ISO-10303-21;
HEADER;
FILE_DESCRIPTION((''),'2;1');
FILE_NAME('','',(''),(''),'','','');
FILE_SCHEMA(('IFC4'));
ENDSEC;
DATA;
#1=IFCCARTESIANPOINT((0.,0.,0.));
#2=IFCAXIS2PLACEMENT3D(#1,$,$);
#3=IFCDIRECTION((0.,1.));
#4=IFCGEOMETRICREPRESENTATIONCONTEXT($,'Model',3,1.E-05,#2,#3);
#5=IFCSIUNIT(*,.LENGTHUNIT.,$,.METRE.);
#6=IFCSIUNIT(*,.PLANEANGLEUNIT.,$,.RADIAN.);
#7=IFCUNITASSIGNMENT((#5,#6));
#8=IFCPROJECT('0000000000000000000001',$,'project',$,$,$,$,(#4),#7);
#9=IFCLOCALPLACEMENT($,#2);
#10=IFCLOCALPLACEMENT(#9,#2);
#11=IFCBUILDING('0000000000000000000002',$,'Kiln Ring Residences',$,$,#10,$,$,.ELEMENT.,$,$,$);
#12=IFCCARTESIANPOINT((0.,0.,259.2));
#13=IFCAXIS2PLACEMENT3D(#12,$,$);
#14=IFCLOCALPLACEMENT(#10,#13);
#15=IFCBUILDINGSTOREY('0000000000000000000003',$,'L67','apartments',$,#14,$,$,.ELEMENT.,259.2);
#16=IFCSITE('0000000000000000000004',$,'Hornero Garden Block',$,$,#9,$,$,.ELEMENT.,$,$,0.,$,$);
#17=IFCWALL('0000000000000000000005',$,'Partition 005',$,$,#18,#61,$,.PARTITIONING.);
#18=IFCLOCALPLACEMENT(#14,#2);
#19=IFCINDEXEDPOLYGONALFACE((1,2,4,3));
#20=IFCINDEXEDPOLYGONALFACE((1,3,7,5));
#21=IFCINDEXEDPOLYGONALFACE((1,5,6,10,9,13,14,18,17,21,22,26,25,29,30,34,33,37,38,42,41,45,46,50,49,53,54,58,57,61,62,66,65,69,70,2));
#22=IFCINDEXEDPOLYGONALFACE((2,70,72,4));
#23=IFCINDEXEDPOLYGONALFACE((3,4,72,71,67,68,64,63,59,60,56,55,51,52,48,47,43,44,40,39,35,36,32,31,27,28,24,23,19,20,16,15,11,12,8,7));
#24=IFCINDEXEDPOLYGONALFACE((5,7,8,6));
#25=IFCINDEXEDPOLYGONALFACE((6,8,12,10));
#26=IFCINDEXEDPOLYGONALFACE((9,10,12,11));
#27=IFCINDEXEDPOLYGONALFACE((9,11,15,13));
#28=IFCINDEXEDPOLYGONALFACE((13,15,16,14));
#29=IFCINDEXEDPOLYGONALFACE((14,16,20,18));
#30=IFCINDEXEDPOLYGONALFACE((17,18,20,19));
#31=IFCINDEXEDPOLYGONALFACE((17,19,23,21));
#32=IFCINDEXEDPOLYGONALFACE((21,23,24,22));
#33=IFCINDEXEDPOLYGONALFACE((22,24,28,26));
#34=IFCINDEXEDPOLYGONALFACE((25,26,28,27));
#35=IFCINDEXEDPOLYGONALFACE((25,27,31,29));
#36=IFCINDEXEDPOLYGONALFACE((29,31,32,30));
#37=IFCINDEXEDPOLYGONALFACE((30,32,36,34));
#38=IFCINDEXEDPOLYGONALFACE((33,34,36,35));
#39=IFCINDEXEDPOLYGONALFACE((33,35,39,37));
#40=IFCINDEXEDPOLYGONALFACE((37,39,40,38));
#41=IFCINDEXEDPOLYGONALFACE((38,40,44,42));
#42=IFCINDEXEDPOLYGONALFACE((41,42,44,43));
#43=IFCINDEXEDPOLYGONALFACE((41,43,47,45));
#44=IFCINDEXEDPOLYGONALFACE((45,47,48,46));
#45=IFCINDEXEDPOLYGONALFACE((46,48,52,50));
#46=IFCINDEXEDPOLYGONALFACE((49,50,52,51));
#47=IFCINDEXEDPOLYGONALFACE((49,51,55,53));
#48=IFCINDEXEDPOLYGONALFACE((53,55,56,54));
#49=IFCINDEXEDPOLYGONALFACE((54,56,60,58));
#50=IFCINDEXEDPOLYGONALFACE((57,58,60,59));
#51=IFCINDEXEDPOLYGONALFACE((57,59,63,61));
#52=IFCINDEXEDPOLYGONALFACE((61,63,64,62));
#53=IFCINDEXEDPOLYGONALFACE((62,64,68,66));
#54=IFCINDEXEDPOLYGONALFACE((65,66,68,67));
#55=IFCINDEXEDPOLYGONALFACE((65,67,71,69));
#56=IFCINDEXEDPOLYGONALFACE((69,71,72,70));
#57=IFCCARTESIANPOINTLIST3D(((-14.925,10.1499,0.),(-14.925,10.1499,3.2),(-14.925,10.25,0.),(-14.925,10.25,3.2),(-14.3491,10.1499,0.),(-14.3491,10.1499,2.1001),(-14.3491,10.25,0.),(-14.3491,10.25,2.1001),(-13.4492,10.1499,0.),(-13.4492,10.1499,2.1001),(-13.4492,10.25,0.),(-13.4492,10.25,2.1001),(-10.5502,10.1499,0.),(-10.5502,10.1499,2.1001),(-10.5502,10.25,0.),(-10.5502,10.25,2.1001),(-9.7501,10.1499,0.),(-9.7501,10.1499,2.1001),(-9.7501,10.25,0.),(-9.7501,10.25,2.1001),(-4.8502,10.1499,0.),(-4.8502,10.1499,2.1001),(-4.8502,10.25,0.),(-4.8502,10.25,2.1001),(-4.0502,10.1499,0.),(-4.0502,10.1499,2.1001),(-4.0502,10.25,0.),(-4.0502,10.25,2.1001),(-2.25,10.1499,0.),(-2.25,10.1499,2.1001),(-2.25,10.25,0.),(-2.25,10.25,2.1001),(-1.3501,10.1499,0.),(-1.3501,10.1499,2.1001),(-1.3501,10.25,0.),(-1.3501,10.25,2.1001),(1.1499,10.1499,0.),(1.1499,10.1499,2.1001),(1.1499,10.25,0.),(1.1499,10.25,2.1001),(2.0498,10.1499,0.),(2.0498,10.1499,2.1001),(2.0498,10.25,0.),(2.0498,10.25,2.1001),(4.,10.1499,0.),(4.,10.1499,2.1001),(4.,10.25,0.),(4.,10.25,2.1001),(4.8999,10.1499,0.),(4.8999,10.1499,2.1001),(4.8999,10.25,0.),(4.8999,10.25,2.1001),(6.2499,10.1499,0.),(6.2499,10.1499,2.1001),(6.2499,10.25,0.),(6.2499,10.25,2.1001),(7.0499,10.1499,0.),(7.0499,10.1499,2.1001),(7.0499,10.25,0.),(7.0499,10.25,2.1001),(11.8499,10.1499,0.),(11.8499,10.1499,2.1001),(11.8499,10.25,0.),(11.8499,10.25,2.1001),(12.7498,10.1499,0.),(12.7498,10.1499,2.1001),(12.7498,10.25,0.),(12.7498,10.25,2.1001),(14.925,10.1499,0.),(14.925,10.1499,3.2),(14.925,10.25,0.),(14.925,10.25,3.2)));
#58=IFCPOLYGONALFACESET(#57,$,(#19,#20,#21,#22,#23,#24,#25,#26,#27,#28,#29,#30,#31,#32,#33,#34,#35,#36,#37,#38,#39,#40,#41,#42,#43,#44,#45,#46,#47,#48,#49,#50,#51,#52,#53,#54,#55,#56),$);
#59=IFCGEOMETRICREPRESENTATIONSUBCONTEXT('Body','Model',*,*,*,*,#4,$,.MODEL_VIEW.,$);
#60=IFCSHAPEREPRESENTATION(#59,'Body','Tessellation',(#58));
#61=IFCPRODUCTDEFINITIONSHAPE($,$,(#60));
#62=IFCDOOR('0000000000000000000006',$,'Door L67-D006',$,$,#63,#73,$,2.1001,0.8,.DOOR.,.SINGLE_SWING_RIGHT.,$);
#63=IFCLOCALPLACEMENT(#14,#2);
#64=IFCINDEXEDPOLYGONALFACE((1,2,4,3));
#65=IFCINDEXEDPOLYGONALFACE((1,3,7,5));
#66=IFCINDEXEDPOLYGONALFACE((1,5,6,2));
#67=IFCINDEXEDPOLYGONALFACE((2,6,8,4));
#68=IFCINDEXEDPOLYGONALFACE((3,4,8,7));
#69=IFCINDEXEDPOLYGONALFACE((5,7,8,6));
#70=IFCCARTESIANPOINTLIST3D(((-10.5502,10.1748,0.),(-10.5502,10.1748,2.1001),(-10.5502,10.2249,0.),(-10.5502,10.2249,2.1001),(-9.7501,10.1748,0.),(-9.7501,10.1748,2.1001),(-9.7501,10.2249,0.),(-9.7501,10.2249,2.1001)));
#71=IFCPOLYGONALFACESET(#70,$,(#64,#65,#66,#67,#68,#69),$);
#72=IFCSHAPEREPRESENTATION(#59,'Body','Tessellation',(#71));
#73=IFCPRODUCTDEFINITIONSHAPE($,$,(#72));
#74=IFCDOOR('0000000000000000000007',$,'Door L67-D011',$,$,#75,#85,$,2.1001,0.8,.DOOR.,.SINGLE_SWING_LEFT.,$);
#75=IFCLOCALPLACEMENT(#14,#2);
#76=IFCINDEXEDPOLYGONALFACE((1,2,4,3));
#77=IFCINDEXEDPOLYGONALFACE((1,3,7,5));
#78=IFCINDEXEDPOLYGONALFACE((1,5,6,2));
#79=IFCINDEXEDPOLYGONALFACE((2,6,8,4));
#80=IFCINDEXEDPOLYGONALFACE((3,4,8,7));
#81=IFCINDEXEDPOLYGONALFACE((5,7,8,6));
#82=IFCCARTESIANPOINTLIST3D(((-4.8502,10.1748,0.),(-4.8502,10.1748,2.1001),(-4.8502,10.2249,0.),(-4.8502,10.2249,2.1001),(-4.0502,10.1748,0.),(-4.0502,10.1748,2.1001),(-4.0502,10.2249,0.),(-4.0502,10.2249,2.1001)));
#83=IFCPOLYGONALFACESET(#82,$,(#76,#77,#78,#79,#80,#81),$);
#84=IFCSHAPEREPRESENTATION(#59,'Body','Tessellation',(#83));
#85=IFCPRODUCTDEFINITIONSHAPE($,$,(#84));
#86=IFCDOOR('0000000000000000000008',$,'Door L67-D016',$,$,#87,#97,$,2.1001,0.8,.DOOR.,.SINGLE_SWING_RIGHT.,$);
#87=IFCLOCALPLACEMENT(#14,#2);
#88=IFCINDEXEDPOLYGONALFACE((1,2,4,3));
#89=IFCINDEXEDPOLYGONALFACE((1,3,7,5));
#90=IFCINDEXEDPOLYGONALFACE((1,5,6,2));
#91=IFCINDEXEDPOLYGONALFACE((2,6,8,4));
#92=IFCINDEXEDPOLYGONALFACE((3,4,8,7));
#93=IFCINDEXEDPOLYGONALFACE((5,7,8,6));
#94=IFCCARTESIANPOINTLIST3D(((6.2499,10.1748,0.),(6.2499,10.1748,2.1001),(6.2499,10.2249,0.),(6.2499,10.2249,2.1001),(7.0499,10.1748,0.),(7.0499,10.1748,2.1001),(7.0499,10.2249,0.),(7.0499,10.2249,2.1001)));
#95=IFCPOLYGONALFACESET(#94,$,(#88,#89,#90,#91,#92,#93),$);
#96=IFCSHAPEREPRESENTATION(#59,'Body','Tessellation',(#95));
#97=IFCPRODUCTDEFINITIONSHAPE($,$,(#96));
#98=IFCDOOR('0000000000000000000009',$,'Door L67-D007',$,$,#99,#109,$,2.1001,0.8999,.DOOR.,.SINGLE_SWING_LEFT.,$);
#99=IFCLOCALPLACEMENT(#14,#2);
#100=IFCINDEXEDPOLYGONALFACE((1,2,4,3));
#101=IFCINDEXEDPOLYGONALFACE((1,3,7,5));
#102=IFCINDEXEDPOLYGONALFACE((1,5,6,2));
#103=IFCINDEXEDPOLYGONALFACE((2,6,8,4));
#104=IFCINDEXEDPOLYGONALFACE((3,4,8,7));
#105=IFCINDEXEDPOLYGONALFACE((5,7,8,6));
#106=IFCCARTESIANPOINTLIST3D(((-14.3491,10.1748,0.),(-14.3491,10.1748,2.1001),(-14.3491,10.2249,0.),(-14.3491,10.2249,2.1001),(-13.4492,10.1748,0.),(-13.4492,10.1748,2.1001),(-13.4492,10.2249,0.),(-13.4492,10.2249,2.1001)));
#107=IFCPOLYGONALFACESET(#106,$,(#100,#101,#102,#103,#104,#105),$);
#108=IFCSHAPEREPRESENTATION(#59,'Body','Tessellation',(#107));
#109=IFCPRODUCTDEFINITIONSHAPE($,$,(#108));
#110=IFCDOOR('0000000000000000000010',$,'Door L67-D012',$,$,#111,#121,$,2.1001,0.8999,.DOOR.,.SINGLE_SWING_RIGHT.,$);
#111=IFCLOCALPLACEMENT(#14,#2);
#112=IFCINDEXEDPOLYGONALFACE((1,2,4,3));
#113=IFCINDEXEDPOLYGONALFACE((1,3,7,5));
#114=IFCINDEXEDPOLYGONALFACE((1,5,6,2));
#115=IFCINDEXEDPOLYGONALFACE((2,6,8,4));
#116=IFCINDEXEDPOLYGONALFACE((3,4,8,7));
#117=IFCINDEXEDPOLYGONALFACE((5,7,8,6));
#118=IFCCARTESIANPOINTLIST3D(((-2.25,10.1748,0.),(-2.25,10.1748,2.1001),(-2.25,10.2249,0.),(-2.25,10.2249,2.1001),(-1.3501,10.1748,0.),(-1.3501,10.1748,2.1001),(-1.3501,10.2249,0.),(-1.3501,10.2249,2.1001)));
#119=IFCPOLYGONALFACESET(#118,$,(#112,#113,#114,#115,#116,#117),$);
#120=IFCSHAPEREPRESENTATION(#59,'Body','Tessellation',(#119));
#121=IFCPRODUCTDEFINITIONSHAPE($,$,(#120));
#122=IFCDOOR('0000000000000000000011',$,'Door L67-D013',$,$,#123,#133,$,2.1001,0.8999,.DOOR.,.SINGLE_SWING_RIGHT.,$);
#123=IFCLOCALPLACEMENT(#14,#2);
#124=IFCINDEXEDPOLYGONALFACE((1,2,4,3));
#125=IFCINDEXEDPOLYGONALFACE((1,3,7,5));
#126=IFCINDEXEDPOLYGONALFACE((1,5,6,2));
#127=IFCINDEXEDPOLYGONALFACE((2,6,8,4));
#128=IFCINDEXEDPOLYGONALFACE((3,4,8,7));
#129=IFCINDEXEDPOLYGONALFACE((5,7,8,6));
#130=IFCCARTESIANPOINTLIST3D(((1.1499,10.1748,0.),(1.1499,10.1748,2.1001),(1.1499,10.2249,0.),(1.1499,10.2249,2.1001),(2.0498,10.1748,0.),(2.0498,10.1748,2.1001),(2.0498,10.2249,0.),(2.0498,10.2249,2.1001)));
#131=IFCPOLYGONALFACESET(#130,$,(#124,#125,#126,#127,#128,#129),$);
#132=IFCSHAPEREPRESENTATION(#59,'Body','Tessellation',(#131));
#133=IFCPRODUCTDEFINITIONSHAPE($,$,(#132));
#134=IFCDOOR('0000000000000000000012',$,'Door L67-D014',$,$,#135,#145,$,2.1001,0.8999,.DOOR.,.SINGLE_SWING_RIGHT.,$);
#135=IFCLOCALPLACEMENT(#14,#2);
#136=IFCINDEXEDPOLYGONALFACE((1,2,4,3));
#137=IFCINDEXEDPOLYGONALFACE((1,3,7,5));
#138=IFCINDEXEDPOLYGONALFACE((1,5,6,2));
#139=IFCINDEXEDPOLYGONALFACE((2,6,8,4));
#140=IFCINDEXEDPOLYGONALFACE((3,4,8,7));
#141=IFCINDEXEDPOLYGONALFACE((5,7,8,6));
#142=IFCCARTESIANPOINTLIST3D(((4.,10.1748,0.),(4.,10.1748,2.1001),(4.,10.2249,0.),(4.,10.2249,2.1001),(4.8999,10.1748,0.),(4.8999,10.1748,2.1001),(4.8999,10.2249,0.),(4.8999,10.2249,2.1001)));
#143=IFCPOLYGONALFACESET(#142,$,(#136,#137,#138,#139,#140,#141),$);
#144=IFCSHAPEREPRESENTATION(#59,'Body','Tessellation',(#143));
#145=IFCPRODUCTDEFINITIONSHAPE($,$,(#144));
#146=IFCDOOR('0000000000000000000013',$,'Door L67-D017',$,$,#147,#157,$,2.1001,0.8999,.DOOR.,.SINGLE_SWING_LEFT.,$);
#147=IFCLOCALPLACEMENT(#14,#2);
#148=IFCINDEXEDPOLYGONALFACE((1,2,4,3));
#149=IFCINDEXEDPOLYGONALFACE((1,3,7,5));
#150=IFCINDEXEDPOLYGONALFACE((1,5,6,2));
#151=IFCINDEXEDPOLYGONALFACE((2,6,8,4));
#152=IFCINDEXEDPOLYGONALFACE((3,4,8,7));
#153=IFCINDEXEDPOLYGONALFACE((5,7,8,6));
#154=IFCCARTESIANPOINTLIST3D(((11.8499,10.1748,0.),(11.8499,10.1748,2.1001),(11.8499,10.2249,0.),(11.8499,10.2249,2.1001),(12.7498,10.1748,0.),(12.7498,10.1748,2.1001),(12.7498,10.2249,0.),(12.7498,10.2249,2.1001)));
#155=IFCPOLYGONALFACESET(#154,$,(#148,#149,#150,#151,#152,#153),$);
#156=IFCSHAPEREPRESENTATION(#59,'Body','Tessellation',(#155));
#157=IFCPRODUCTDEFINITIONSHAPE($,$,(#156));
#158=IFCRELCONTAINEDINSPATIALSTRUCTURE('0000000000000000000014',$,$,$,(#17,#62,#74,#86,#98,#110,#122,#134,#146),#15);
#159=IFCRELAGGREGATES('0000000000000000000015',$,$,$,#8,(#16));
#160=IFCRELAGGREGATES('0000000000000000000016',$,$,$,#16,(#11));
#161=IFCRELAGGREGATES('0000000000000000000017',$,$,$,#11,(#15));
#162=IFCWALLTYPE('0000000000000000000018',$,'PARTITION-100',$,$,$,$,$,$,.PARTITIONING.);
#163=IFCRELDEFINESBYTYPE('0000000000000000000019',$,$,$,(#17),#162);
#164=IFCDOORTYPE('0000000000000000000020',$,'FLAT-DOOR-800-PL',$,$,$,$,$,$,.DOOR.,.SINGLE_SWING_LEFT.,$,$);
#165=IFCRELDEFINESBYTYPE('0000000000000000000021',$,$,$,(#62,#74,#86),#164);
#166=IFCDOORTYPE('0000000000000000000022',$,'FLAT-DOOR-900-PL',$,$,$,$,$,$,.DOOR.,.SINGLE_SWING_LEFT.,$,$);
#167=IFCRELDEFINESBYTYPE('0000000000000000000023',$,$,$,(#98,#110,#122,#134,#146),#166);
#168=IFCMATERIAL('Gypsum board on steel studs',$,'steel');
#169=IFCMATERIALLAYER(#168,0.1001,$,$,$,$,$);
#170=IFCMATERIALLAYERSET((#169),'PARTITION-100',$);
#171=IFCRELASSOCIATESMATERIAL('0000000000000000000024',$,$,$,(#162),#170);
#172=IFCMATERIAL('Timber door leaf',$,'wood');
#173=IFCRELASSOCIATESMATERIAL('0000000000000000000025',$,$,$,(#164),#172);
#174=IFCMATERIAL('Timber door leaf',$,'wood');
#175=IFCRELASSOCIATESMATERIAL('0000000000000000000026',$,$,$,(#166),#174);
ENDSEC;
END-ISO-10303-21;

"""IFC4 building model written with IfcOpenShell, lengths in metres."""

from ifc_helpers import new_model, si_unit, direction, frame, frame_2d, origin, place, context, subcontext, project, spatial, rectangle, extrude, material, layer, layer_set, type_object, element, fill, save


model = new_model("IFC4")

# Units and contexts
model_context = context("Model", 3, precision=1e-05, world=origin(), true_north=direction((0.0, 1.0)))
body_context = subcontext(model_context, "Body", "Model", "MODEL_VIEW")
ifc_project = project(units=[si_unit("LENGTHUNIT", "METRE"), si_unit("PLANEANGLEUNIT", "RADIAN")], contexts=[model_context])

# Site, building, storey
site_placement = place(None, origin())
site = spatial("IfcSite", under=ifc_project, at=site_placement, Name="Hornero Garden Block", CompositionType="ELEMENT", RefElevation=0.0)
building_placement = place(site_placement, origin())
building = spatial("IfcBuilding", under=site, at=building_placement, Name="Kiln Ring Residences", CompositionType="ELEMENT")
storey_placement = place(building_placement, frame((0.0, 0.0, 259.2)))
storey = spatial("IfcBuildingStorey", under=building, at=storey_placement, Name="L67", Description="apartments", CompositionType="ELEMENT", Elevation=259.2)

# Wall, openings, doors
ifc_material_1 = material(Name="Gypsum board on steel studs", Category="steel")
ifc_layer_1 = layer(ifc_material_1, 0.1001)
ifc_layer_set_1 = layer_set([ifc_layer_1], Name="PARTITION-100")
wall_type_1 = type_object("IfcWallType", Name="PARTITION-100", PredefinedType="PARTITIONING", material=ifc_layer_set_1)
wall_1_placement = place(storey_placement, frame((-14.925, 10.2, 0.0), z_axis=(0.0, 0.0, 1.0), x_axis=(1.0, 0.0, 0.0)))
wall_1 = element("IfcWall", 1, at=wall_1_placement, inside=storey, type_object=wall_type_1, Name="Partition 005", PredefinedType="PARTITIONING", context=body_context, shape_type="SweptSolid", body=[
    extrude(rectangle(XDim=29.8501, YDim=0.1001, at=frame_2d((14.925, 0.0))), origin(), (0.0, 0.0, 1.0), 3.2),
])
opening_1_placement = place(wall_1_placement, frame((4.375, 0.0, 0.0)))
opening_1 = element("IfcOpeningElement", 2, at=opening_1_placement, cuts=wall_1, PredefinedType="OPENING", context=body_context, shape_type="SweptSolid", body=[
    extrude(rectangle(XDim=0.8, YDim=2.1001, at=frame_2d((0.3999, 1.05))), frame((0.0, 0.0601, 0.0), z_axis=(0.0, -1.0, 0.0), x_axis=(1.0, 0.0, 0.0)), (0.0, 0.0, 1.0), 0.1201),
])
opening_2_placement = place(wall_1_placement, frame((0.5759, 0.0, 0.0)))
opening_2 = element("IfcOpeningElement", 3, at=opening_2_placement, cuts=wall_1, PredefinedType="OPENING", context=body_context, shape_type="SweptSolid", body=[
    extrude(rectangle(XDim=0.8999, YDim=2.1001, at=frame_2d((0.45, 1.05))), frame((0.0, 0.0601, 0.0), z_axis=(0.0, -1.0, 0.0), x_axis=(1.0, 0.0, 0.0)), (0.0, 0.0, 1.0), 0.1201),
])
opening_3_placement = place(wall_1_placement, frame((10.075, 0.0, 0.0)))
opening_3 = element("IfcOpeningElement", 4, at=opening_3_placement, cuts=wall_1, PredefinedType="OPENING", context=body_context, shape_type="SweptSolid", body=[
    extrude(rectangle(XDim=0.8, YDim=2.1001, at=frame_2d((0.3999, 1.05))), frame((0.0, 0.0601, 0.0), z_axis=(0.0, -1.0, 0.0), x_axis=(1.0, 0.0, 0.0)), (0.0, 0.0, 1.0), 0.1201),
])
opening_4_placement = place(wall_1_placement, frame((12.675, 0.0, 0.0)))
opening_4 = element("IfcOpeningElement", 5, at=opening_4_placement, cuts=wall_1, PredefinedType="OPENING", context=body_context, shape_type="SweptSolid", body=[
    extrude(rectangle(XDim=0.8999, YDim=2.1001, at=frame_2d((0.45, 1.05))), frame((0.0, 0.0601, 0.0), z_axis=(0.0, -1.0, 0.0), x_axis=(1.0, 0.0, 0.0)), (0.0, 0.0, 1.0), 0.1201),
])
opening_5_placement = place(wall_1_placement, frame((16.075, 0.0, 0.0)))
opening_5 = element("IfcOpeningElement", 6, at=opening_5_placement, cuts=wall_1, PredefinedType="OPENING", context=body_context, shape_type="SweptSolid", body=[
    extrude(rectangle(XDim=0.8999, YDim=2.1001, at=frame_2d((0.45, 1.05))), frame((0.0, 0.0601, 0.0), z_axis=(0.0, -1.0, 0.0), x_axis=(1.0, 0.0, 0.0)), (0.0, 0.0, 1.0), 0.1201),
])
opening_6_placement = place(wall_1_placement, frame((18.925, 0.0, 0.0)))
opening_6 = element("IfcOpeningElement", 7, at=opening_6_placement, cuts=wall_1, PredefinedType="OPENING", context=body_context, shape_type="SweptSolid", body=[
    extrude(rectangle(XDim=0.8999, YDim=2.1001, at=frame_2d((0.45, 1.05))), frame((0.0, 0.0601, 0.0), z_axis=(0.0, -1.0, 0.0), x_axis=(1.0, 0.0, 0.0)), (0.0, 0.0, 1.0), 0.1201),
])
opening_7_placement = place(wall_1_placement, frame((21.175, 0.0, 0.0)))
opening_7 = element("IfcOpeningElement", 8, at=opening_7_placement, cuts=wall_1, PredefinedType="OPENING", context=body_context, shape_type="SweptSolid", body=[
    extrude(rectangle(XDim=0.8, YDim=2.1001, at=frame_2d((0.3999, 1.05))), frame((0.0, 0.0601, 0.0), z_axis=(0.0, -1.0, 0.0), x_axis=(1.0, 0.0, 0.0)), (0.0, 0.0, 1.0), 0.1201),
])
opening_8_placement = place(wall_1_placement, frame((26.7749, 0.0, 0.0)))
opening_8 = element("IfcOpeningElement", 9, at=opening_8_placement, cuts=wall_1, PredefinedType="OPENING", context=body_context, shape_type="SweptSolid", body=[
    extrude(rectangle(XDim=0.8999, YDim=2.1001, at=frame_2d((0.45, 1.05))), frame((0.0, 0.0601, 0.0), z_axis=(0.0, -1.0, 0.0), x_axis=(1.0, 0.0, 0.0)), (0.0, 0.0, 1.0), 0.1201),
])
ifc_material_2 = material(Name="Timber door leaf", Category="wood")
door_type_1 = type_object("IfcDoorType", Name="FLAT-DOOR-800-PL", OperationType="SINGLE_SWING_LEFT", PredefinedType="DOOR", material=ifc_material_2)
door_1_placement = place(opening_1_placement, origin())
door_1 = element("IfcDoor", 10, at=door_1_placement, inside=storey, type_object=door_type_1, Name="Door L67-D006", OperationType="SINGLE_SWING_RIGHT", OverallHeight=2.1001, OverallWidth=0.8, PredefinedType="DOOR", context=body_context, shape_type="SweptSolid", body=[
    extrude(rectangle(XDim=0.8, YDim=2.1001, at=frame_2d((0.3999, 1.05))), frame((0.0, 0.0249, 0.0), z_axis=(0.0, -1.0, 0.0), x_axis=(1.0, 0.0, 0.0)), (0.0, 0.0, 1.0), 0.05),
])
fill(opening_1, door_1)
door_2_placement = place(opening_3_placement, origin())
door_2 = element("IfcDoor", 11, at=door_2_placement, inside=storey, type_object=door_type_1, Name="Door L67-D011", OperationType="SINGLE_SWING_LEFT", OverallHeight=2.1001, OverallWidth=0.8, PredefinedType="DOOR", context=body_context, shape_type="SweptSolid", body=[
    extrude(rectangle(XDim=0.8, YDim=2.1001, at=frame_2d((0.3999, 1.05))), frame((0.0, 0.0249, 0.0), z_axis=(0.0, -1.0, 0.0), x_axis=(1.0, 0.0, 0.0)), (0.0, 0.0, 1.0), 0.05),
])
fill(opening_3, door_2)
door_3_placement = place(opening_7_placement, origin())
door_3 = element("IfcDoor", 12, at=door_3_placement, inside=storey, type_object=door_type_1, Name="Door L67-D016", OperationType="SINGLE_SWING_RIGHT", OverallHeight=2.1001, OverallWidth=0.8, PredefinedType="DOOR", context=body_context, shape_type="SweptSolid", body=[
    extrude(rectangle(XDim=0.8, YDim=2.1001, at=frame_2d((0.3999, 1.05))), frame((0.0, 0.0249, 0.0), z_axis=(0.0, -1.0, 0.0), x_axis=(1.0, 0.0, 0.0)), (0.0, 0.0, 1.0), 0.05),
])
fill(opening_7, door_3)
ifc_material_3 = material(Name="Timber door leaf", Category="wood")
door_type_2 = type_object("IfcDoorType", Name="FLAT-DOOR-900-PL", OperationType="SINGLE_SWING_LEFT", PredefinedType="DOOR", material=ifc_material_3)
door_4_placement = place(opening_2_placement, origin())
door_4 = element("IfcDoor", 13, at=door_4_placement, inside=storey, type_object=door_type_2, Name="Door L67-D007", OperationType="SINGLE_SWING_LEFT", OverallHeight=2.1001, OverallWidth=0.8999, PredefinedType="DOOR", context=body_context, shape_type="SweptSolid", body=[
    extrude(rectangle(XDim=0.8999, YDim=2.1001, at=frame_2d((0.45, 1.05))), frame((0.0, 0.0249, 0.0), z_axis=(0.0, -1.0, 0.0), x_axis=(1.0, 0.0, 0.0)), (0.0, 0.0, 1.0), 0.05),
])
fill(opening_2, door_4)
door_5_placement = place(opening_4_placement, origin())
door_5 = element("IfcDoor", 14, at=door_5_placement, inside=storey, type_object=door_type_2, Name="Door L67-D012", OperationType="SINGLE_SWING_RIGHT", OverallHeight=2.1001, OverallWidth=0.8999, PredefinedType="DOOR", context=body_context, shape_type="SweptSolid", body=[
    extrude(rectangle(XDim=0.8999, YDim=2.1001, at=frame_2d((0.45, 1.05))), frame((0.0, 0.0249, 0.0), z_axis=(0.0, -1.0, 0.0), x_axis=(1.0, 0.0, 0.0)), (0.0, 0.0, 1.0), 0.05),
])
fill(opening_4, door_5)
door_6_placement = place(opening_5_placement, origin())
door_6 = element("IfcDoor", 15, at=door_6_placement, inside=storey, type_object=door_type_2, Name="Door L67-D013", OperationType="SINGLE_SWING_RIGHT", OverallHeight=2.1001, OverallWidth=0.8999, PredefinedType="DOOR", context=body_context, shape_type="SweptSolid", body=[
    extrude(rectangle(XDim=0.8999, YDim=2.1001, at=frame_2d((0.45, 1.05))), frame((0.0, 0.0249, 0.0), z_axis=(0.0, -1.0, 0.0), x_axis=(1.0, 0.0, 0.0)), (0.0, 0.0, 1.0), 0.05),
])
fill(opening_5, door_6)
door_7_placement = place(opening_6_placement, origin())
door_7 = element("IfcDoor", 16, at=door_7_placement, inside=storey, type_object=door_type_2, Name="Door L67-D014", OperationType="SINGLE_SWING_RIGHT", OverallHeight=2.1001, OverallWidth=0.8999, PredefinedType="DOOR", context=body_context, shape_type="SweptSolid", body=[
    extrude(rectangle(XDim=0.8999, YDim=2.1001, at=frame_2d((0.45, 1.05))), frame((0.0, 0.0249, 0.0), z_axis=(0.0, -1.0, 0.0), x_axis=(1.0, 0.0, 0.0)), (0.0, 0.0, 1.0), 0.05),
])
fill(opening_6, door_7)
door_8_placement = place(opening_8_placement, origin())
door_8 = element("IfcDoor", 17, at=door_8_placement, inside=storey, type_object=door_type_2, Name="Door L67-D017", OperationType="SINGLE_SWING_LEFT", OverallHeight=2.1001, OverallWidth=0.8999, PredefinedType="DOOR", context=body_context, shape_type="SweptSolid", body=[
    extrude(rectangle(XDim=0.8999, YDim=2.1001, at=frame_2d((0.45, 1.05))), frame((0.0, 0.0249, 0.0), z_axis=(0.0, -1.0, 0.0), x_axis=(1.0, 0.0, 0.0)), (0.0, 0.0, 1.0), 0.05),
])
fill(opening_8, door_8)

save(model, "model.ifc")
